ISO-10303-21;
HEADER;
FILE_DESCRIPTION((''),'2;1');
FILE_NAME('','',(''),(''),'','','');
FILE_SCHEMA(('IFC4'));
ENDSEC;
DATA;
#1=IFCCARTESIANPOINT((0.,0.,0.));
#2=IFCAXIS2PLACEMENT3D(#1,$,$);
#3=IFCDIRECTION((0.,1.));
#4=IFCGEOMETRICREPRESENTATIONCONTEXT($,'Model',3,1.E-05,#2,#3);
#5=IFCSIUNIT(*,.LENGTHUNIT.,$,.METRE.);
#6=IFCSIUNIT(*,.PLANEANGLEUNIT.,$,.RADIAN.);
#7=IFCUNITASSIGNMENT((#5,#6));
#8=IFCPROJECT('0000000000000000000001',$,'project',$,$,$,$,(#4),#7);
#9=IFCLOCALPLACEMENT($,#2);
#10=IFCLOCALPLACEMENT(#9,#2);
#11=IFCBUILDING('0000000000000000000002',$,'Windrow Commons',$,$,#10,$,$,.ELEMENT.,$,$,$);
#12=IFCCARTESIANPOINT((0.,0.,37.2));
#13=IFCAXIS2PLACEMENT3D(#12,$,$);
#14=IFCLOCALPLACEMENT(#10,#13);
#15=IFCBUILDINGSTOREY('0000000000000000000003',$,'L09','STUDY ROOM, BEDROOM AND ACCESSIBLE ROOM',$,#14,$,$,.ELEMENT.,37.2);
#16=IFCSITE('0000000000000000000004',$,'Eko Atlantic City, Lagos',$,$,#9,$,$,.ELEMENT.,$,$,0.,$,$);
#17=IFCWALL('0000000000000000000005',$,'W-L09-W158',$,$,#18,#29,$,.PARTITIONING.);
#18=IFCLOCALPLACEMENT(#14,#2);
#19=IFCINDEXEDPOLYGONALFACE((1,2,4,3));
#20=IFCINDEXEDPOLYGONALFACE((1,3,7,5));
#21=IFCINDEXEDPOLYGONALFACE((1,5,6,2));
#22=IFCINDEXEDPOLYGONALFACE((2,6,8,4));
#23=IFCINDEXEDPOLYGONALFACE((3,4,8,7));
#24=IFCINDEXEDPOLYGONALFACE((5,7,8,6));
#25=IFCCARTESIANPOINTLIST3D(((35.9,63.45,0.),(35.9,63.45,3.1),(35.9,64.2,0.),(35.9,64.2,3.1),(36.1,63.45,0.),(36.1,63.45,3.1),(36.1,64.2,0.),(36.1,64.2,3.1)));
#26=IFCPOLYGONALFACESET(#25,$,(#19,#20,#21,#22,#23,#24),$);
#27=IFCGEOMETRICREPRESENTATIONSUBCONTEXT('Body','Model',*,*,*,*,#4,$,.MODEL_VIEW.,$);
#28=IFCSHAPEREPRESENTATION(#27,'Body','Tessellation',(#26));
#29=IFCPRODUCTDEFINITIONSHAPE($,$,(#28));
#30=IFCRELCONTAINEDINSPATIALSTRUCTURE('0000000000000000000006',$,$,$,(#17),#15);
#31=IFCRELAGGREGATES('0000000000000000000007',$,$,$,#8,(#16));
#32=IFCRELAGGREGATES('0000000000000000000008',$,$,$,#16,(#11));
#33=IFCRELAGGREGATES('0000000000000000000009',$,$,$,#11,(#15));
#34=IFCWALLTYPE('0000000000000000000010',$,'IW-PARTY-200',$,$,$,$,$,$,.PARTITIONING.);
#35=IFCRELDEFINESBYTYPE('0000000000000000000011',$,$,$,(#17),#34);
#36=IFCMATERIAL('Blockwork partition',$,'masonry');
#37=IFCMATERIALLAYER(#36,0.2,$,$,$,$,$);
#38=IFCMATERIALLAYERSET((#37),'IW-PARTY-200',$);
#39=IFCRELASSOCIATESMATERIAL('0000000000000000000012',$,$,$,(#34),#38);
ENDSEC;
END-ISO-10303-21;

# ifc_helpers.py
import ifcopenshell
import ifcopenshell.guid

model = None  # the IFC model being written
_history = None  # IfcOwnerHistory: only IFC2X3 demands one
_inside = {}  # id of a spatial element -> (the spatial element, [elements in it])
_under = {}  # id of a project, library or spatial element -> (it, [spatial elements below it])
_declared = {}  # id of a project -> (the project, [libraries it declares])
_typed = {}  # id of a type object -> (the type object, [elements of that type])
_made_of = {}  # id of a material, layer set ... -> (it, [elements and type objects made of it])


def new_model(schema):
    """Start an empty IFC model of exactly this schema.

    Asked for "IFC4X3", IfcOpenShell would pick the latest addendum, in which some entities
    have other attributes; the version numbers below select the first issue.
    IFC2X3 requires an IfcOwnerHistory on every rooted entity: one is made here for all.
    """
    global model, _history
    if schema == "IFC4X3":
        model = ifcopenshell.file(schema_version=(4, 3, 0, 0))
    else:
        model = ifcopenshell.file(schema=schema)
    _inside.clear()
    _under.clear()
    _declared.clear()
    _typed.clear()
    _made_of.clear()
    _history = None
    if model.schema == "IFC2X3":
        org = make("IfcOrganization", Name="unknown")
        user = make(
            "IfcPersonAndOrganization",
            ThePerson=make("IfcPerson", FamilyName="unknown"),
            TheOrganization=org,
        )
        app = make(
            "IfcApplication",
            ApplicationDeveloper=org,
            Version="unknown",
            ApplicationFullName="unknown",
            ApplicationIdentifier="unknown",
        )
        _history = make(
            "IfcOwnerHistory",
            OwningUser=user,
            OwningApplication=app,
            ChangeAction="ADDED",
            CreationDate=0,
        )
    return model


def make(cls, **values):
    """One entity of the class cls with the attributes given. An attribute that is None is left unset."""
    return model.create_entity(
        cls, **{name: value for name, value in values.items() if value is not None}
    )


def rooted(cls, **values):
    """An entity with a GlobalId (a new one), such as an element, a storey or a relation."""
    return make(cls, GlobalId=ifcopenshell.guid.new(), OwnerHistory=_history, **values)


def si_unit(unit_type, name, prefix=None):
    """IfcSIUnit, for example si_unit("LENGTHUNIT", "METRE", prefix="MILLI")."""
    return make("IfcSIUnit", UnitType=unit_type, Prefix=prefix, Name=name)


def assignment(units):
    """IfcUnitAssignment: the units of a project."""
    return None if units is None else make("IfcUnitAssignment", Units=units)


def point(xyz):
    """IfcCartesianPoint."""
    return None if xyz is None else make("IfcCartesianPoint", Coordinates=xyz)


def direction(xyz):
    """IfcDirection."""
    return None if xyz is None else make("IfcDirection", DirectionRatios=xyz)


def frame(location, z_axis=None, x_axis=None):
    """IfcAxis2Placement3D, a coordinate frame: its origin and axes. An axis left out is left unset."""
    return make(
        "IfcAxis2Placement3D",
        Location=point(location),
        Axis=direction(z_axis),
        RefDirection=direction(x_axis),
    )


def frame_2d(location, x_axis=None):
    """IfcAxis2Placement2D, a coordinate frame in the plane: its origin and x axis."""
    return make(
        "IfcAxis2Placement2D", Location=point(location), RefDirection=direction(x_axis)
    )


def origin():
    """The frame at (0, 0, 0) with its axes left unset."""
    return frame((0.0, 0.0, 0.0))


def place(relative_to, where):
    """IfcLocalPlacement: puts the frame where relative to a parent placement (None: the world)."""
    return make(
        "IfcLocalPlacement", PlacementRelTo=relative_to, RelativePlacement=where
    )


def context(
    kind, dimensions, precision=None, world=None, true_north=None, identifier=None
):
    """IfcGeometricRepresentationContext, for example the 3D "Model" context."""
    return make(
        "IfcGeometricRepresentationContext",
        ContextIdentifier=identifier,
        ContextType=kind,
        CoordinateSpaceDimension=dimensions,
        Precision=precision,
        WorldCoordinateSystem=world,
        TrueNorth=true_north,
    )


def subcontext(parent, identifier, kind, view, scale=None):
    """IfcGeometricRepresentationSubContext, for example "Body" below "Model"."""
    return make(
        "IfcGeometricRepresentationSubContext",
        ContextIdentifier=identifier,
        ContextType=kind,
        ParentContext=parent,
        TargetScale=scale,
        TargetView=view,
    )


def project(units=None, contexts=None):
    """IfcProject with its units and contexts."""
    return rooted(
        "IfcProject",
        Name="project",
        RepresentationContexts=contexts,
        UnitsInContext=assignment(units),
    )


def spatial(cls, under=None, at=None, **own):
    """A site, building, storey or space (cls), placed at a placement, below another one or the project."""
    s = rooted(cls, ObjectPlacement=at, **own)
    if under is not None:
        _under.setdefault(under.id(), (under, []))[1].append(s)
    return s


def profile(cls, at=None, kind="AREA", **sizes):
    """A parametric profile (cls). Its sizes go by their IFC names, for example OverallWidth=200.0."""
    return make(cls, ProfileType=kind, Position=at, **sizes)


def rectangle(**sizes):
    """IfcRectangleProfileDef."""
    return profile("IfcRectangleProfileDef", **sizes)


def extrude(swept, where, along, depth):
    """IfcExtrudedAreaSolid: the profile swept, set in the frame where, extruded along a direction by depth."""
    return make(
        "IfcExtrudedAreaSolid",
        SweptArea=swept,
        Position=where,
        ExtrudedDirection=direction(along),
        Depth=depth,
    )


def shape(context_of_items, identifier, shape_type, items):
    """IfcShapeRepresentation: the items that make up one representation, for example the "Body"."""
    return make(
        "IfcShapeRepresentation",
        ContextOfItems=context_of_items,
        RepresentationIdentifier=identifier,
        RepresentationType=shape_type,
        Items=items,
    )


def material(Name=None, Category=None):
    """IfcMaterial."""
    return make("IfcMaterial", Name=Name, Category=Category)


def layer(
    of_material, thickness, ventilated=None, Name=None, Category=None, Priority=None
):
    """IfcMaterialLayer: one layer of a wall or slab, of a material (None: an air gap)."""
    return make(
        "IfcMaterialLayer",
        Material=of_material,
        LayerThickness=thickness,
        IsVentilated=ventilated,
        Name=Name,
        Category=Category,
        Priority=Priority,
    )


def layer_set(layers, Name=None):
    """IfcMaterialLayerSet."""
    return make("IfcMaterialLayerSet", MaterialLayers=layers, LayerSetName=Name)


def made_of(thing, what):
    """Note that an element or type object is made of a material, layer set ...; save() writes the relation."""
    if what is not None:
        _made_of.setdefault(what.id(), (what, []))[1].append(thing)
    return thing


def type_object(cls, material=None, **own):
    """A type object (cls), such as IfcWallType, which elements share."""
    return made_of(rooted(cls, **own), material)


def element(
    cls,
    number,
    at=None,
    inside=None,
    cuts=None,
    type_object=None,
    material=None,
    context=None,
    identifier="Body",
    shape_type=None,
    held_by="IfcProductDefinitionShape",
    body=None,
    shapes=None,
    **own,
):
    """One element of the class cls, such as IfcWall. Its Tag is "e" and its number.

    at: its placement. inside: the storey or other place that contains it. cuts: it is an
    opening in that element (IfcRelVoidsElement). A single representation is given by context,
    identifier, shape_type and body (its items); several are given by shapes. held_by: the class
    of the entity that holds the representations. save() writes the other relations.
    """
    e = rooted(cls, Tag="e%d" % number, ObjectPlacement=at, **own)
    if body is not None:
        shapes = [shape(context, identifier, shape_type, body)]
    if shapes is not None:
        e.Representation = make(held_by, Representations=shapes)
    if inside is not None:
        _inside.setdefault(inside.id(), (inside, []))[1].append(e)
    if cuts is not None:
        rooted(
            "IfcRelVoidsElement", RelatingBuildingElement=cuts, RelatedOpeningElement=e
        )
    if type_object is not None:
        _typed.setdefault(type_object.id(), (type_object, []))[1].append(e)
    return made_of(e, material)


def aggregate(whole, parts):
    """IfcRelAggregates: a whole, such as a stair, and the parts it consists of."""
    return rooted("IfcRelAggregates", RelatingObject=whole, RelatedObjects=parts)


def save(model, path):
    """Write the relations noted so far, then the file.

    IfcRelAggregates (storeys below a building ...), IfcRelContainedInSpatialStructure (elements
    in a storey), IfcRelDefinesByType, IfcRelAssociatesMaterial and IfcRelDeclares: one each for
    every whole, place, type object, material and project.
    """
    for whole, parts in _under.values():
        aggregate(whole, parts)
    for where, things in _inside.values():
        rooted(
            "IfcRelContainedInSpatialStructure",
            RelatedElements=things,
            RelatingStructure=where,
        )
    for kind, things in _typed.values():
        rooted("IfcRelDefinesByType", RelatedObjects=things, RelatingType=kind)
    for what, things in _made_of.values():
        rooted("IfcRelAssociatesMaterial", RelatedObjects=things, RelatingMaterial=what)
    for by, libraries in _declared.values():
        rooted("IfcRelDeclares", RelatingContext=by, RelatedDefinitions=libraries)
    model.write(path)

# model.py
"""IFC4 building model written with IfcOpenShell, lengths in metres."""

from ifc_helpers import new_model, si_unit, direction, frame, frame_2d, origin, place, context, subcontext, project, spatial, rectangle, extrude, material, layer, layer_set, type_object, element, save


model = new_model("IFC4")

# Units and contexts
model_context = context("Model", 3, precision=1e-05, world=origin(), true_north=direction((0.0, 1.0)))
body_context = subcontext(model_context, "Body", "Model", "MODEL_VIEW")
ifc_project = project(units=[si_unit("LENGTHUNIT", "METRE"), si_unit("PLANEANGLEUNIT", "RADIAN")], contexts=[model_context])

# Site, building, storey
site_placement = place(None, origin())
site = spatial("IfcSite", under=ifc_project, at=site_placement, Name="Eko Atlantic City, Lagos", CompositionType="ELEMENT", RefElevation=0.0)
building_placement = place(site_placement, origin())
building = spatial("IfcBuilding", under=site, at=building_placement, Name="Windrow Commons", CompositionType="ELEMENT")
storey_placement = place(building_placement, frame((0.0, 0.0, 37.2)))
storey = spatial("IfcBuildingStorey", under=building, at=storey_placement, Name="L09", Description="STUDY ROOM, BEDROOM AND ACCESSIBLE ROOM", CompositionType="ELEMENT", Elevation=37.2)

# Wall
ifc_material_1 = material(Name="Blockwork partition", Category="masonry")
ifc_layer_1 = layer(ifc_material_1, 0.2)
ifc_layer_set_1 = layer_set([ifc_layer_1], Name="IW-PARTY-200")
wall_type_1 = type_object("IfcWallType", Name="IW-PARTY-200", PredefinedType="PARTITIONING", material=ifc_layer_set_1)
wall_1_placement = place(storey_placement, frame((36.0, 63.45, 0.0), z_axis=(0.0, 0.0, 1.0), x_axis=(0.0, 1.0, 0.0)))
element("IfcWall", 1, at=wall_1_placement, inside=storey, type_object=wall_type_1, Name="W-L09-W158", PredefinedType="PARTITIONING", context=body_context, shape_type="SweptSolid", body=[
    extrude(rectangle(XDim=0.75, YDim=0.2, at=frame_2d((0.375, 0.0))), origin(), (0.0, 0.0, 1.0), 3.1),
])

save(model, "model.ifc")
